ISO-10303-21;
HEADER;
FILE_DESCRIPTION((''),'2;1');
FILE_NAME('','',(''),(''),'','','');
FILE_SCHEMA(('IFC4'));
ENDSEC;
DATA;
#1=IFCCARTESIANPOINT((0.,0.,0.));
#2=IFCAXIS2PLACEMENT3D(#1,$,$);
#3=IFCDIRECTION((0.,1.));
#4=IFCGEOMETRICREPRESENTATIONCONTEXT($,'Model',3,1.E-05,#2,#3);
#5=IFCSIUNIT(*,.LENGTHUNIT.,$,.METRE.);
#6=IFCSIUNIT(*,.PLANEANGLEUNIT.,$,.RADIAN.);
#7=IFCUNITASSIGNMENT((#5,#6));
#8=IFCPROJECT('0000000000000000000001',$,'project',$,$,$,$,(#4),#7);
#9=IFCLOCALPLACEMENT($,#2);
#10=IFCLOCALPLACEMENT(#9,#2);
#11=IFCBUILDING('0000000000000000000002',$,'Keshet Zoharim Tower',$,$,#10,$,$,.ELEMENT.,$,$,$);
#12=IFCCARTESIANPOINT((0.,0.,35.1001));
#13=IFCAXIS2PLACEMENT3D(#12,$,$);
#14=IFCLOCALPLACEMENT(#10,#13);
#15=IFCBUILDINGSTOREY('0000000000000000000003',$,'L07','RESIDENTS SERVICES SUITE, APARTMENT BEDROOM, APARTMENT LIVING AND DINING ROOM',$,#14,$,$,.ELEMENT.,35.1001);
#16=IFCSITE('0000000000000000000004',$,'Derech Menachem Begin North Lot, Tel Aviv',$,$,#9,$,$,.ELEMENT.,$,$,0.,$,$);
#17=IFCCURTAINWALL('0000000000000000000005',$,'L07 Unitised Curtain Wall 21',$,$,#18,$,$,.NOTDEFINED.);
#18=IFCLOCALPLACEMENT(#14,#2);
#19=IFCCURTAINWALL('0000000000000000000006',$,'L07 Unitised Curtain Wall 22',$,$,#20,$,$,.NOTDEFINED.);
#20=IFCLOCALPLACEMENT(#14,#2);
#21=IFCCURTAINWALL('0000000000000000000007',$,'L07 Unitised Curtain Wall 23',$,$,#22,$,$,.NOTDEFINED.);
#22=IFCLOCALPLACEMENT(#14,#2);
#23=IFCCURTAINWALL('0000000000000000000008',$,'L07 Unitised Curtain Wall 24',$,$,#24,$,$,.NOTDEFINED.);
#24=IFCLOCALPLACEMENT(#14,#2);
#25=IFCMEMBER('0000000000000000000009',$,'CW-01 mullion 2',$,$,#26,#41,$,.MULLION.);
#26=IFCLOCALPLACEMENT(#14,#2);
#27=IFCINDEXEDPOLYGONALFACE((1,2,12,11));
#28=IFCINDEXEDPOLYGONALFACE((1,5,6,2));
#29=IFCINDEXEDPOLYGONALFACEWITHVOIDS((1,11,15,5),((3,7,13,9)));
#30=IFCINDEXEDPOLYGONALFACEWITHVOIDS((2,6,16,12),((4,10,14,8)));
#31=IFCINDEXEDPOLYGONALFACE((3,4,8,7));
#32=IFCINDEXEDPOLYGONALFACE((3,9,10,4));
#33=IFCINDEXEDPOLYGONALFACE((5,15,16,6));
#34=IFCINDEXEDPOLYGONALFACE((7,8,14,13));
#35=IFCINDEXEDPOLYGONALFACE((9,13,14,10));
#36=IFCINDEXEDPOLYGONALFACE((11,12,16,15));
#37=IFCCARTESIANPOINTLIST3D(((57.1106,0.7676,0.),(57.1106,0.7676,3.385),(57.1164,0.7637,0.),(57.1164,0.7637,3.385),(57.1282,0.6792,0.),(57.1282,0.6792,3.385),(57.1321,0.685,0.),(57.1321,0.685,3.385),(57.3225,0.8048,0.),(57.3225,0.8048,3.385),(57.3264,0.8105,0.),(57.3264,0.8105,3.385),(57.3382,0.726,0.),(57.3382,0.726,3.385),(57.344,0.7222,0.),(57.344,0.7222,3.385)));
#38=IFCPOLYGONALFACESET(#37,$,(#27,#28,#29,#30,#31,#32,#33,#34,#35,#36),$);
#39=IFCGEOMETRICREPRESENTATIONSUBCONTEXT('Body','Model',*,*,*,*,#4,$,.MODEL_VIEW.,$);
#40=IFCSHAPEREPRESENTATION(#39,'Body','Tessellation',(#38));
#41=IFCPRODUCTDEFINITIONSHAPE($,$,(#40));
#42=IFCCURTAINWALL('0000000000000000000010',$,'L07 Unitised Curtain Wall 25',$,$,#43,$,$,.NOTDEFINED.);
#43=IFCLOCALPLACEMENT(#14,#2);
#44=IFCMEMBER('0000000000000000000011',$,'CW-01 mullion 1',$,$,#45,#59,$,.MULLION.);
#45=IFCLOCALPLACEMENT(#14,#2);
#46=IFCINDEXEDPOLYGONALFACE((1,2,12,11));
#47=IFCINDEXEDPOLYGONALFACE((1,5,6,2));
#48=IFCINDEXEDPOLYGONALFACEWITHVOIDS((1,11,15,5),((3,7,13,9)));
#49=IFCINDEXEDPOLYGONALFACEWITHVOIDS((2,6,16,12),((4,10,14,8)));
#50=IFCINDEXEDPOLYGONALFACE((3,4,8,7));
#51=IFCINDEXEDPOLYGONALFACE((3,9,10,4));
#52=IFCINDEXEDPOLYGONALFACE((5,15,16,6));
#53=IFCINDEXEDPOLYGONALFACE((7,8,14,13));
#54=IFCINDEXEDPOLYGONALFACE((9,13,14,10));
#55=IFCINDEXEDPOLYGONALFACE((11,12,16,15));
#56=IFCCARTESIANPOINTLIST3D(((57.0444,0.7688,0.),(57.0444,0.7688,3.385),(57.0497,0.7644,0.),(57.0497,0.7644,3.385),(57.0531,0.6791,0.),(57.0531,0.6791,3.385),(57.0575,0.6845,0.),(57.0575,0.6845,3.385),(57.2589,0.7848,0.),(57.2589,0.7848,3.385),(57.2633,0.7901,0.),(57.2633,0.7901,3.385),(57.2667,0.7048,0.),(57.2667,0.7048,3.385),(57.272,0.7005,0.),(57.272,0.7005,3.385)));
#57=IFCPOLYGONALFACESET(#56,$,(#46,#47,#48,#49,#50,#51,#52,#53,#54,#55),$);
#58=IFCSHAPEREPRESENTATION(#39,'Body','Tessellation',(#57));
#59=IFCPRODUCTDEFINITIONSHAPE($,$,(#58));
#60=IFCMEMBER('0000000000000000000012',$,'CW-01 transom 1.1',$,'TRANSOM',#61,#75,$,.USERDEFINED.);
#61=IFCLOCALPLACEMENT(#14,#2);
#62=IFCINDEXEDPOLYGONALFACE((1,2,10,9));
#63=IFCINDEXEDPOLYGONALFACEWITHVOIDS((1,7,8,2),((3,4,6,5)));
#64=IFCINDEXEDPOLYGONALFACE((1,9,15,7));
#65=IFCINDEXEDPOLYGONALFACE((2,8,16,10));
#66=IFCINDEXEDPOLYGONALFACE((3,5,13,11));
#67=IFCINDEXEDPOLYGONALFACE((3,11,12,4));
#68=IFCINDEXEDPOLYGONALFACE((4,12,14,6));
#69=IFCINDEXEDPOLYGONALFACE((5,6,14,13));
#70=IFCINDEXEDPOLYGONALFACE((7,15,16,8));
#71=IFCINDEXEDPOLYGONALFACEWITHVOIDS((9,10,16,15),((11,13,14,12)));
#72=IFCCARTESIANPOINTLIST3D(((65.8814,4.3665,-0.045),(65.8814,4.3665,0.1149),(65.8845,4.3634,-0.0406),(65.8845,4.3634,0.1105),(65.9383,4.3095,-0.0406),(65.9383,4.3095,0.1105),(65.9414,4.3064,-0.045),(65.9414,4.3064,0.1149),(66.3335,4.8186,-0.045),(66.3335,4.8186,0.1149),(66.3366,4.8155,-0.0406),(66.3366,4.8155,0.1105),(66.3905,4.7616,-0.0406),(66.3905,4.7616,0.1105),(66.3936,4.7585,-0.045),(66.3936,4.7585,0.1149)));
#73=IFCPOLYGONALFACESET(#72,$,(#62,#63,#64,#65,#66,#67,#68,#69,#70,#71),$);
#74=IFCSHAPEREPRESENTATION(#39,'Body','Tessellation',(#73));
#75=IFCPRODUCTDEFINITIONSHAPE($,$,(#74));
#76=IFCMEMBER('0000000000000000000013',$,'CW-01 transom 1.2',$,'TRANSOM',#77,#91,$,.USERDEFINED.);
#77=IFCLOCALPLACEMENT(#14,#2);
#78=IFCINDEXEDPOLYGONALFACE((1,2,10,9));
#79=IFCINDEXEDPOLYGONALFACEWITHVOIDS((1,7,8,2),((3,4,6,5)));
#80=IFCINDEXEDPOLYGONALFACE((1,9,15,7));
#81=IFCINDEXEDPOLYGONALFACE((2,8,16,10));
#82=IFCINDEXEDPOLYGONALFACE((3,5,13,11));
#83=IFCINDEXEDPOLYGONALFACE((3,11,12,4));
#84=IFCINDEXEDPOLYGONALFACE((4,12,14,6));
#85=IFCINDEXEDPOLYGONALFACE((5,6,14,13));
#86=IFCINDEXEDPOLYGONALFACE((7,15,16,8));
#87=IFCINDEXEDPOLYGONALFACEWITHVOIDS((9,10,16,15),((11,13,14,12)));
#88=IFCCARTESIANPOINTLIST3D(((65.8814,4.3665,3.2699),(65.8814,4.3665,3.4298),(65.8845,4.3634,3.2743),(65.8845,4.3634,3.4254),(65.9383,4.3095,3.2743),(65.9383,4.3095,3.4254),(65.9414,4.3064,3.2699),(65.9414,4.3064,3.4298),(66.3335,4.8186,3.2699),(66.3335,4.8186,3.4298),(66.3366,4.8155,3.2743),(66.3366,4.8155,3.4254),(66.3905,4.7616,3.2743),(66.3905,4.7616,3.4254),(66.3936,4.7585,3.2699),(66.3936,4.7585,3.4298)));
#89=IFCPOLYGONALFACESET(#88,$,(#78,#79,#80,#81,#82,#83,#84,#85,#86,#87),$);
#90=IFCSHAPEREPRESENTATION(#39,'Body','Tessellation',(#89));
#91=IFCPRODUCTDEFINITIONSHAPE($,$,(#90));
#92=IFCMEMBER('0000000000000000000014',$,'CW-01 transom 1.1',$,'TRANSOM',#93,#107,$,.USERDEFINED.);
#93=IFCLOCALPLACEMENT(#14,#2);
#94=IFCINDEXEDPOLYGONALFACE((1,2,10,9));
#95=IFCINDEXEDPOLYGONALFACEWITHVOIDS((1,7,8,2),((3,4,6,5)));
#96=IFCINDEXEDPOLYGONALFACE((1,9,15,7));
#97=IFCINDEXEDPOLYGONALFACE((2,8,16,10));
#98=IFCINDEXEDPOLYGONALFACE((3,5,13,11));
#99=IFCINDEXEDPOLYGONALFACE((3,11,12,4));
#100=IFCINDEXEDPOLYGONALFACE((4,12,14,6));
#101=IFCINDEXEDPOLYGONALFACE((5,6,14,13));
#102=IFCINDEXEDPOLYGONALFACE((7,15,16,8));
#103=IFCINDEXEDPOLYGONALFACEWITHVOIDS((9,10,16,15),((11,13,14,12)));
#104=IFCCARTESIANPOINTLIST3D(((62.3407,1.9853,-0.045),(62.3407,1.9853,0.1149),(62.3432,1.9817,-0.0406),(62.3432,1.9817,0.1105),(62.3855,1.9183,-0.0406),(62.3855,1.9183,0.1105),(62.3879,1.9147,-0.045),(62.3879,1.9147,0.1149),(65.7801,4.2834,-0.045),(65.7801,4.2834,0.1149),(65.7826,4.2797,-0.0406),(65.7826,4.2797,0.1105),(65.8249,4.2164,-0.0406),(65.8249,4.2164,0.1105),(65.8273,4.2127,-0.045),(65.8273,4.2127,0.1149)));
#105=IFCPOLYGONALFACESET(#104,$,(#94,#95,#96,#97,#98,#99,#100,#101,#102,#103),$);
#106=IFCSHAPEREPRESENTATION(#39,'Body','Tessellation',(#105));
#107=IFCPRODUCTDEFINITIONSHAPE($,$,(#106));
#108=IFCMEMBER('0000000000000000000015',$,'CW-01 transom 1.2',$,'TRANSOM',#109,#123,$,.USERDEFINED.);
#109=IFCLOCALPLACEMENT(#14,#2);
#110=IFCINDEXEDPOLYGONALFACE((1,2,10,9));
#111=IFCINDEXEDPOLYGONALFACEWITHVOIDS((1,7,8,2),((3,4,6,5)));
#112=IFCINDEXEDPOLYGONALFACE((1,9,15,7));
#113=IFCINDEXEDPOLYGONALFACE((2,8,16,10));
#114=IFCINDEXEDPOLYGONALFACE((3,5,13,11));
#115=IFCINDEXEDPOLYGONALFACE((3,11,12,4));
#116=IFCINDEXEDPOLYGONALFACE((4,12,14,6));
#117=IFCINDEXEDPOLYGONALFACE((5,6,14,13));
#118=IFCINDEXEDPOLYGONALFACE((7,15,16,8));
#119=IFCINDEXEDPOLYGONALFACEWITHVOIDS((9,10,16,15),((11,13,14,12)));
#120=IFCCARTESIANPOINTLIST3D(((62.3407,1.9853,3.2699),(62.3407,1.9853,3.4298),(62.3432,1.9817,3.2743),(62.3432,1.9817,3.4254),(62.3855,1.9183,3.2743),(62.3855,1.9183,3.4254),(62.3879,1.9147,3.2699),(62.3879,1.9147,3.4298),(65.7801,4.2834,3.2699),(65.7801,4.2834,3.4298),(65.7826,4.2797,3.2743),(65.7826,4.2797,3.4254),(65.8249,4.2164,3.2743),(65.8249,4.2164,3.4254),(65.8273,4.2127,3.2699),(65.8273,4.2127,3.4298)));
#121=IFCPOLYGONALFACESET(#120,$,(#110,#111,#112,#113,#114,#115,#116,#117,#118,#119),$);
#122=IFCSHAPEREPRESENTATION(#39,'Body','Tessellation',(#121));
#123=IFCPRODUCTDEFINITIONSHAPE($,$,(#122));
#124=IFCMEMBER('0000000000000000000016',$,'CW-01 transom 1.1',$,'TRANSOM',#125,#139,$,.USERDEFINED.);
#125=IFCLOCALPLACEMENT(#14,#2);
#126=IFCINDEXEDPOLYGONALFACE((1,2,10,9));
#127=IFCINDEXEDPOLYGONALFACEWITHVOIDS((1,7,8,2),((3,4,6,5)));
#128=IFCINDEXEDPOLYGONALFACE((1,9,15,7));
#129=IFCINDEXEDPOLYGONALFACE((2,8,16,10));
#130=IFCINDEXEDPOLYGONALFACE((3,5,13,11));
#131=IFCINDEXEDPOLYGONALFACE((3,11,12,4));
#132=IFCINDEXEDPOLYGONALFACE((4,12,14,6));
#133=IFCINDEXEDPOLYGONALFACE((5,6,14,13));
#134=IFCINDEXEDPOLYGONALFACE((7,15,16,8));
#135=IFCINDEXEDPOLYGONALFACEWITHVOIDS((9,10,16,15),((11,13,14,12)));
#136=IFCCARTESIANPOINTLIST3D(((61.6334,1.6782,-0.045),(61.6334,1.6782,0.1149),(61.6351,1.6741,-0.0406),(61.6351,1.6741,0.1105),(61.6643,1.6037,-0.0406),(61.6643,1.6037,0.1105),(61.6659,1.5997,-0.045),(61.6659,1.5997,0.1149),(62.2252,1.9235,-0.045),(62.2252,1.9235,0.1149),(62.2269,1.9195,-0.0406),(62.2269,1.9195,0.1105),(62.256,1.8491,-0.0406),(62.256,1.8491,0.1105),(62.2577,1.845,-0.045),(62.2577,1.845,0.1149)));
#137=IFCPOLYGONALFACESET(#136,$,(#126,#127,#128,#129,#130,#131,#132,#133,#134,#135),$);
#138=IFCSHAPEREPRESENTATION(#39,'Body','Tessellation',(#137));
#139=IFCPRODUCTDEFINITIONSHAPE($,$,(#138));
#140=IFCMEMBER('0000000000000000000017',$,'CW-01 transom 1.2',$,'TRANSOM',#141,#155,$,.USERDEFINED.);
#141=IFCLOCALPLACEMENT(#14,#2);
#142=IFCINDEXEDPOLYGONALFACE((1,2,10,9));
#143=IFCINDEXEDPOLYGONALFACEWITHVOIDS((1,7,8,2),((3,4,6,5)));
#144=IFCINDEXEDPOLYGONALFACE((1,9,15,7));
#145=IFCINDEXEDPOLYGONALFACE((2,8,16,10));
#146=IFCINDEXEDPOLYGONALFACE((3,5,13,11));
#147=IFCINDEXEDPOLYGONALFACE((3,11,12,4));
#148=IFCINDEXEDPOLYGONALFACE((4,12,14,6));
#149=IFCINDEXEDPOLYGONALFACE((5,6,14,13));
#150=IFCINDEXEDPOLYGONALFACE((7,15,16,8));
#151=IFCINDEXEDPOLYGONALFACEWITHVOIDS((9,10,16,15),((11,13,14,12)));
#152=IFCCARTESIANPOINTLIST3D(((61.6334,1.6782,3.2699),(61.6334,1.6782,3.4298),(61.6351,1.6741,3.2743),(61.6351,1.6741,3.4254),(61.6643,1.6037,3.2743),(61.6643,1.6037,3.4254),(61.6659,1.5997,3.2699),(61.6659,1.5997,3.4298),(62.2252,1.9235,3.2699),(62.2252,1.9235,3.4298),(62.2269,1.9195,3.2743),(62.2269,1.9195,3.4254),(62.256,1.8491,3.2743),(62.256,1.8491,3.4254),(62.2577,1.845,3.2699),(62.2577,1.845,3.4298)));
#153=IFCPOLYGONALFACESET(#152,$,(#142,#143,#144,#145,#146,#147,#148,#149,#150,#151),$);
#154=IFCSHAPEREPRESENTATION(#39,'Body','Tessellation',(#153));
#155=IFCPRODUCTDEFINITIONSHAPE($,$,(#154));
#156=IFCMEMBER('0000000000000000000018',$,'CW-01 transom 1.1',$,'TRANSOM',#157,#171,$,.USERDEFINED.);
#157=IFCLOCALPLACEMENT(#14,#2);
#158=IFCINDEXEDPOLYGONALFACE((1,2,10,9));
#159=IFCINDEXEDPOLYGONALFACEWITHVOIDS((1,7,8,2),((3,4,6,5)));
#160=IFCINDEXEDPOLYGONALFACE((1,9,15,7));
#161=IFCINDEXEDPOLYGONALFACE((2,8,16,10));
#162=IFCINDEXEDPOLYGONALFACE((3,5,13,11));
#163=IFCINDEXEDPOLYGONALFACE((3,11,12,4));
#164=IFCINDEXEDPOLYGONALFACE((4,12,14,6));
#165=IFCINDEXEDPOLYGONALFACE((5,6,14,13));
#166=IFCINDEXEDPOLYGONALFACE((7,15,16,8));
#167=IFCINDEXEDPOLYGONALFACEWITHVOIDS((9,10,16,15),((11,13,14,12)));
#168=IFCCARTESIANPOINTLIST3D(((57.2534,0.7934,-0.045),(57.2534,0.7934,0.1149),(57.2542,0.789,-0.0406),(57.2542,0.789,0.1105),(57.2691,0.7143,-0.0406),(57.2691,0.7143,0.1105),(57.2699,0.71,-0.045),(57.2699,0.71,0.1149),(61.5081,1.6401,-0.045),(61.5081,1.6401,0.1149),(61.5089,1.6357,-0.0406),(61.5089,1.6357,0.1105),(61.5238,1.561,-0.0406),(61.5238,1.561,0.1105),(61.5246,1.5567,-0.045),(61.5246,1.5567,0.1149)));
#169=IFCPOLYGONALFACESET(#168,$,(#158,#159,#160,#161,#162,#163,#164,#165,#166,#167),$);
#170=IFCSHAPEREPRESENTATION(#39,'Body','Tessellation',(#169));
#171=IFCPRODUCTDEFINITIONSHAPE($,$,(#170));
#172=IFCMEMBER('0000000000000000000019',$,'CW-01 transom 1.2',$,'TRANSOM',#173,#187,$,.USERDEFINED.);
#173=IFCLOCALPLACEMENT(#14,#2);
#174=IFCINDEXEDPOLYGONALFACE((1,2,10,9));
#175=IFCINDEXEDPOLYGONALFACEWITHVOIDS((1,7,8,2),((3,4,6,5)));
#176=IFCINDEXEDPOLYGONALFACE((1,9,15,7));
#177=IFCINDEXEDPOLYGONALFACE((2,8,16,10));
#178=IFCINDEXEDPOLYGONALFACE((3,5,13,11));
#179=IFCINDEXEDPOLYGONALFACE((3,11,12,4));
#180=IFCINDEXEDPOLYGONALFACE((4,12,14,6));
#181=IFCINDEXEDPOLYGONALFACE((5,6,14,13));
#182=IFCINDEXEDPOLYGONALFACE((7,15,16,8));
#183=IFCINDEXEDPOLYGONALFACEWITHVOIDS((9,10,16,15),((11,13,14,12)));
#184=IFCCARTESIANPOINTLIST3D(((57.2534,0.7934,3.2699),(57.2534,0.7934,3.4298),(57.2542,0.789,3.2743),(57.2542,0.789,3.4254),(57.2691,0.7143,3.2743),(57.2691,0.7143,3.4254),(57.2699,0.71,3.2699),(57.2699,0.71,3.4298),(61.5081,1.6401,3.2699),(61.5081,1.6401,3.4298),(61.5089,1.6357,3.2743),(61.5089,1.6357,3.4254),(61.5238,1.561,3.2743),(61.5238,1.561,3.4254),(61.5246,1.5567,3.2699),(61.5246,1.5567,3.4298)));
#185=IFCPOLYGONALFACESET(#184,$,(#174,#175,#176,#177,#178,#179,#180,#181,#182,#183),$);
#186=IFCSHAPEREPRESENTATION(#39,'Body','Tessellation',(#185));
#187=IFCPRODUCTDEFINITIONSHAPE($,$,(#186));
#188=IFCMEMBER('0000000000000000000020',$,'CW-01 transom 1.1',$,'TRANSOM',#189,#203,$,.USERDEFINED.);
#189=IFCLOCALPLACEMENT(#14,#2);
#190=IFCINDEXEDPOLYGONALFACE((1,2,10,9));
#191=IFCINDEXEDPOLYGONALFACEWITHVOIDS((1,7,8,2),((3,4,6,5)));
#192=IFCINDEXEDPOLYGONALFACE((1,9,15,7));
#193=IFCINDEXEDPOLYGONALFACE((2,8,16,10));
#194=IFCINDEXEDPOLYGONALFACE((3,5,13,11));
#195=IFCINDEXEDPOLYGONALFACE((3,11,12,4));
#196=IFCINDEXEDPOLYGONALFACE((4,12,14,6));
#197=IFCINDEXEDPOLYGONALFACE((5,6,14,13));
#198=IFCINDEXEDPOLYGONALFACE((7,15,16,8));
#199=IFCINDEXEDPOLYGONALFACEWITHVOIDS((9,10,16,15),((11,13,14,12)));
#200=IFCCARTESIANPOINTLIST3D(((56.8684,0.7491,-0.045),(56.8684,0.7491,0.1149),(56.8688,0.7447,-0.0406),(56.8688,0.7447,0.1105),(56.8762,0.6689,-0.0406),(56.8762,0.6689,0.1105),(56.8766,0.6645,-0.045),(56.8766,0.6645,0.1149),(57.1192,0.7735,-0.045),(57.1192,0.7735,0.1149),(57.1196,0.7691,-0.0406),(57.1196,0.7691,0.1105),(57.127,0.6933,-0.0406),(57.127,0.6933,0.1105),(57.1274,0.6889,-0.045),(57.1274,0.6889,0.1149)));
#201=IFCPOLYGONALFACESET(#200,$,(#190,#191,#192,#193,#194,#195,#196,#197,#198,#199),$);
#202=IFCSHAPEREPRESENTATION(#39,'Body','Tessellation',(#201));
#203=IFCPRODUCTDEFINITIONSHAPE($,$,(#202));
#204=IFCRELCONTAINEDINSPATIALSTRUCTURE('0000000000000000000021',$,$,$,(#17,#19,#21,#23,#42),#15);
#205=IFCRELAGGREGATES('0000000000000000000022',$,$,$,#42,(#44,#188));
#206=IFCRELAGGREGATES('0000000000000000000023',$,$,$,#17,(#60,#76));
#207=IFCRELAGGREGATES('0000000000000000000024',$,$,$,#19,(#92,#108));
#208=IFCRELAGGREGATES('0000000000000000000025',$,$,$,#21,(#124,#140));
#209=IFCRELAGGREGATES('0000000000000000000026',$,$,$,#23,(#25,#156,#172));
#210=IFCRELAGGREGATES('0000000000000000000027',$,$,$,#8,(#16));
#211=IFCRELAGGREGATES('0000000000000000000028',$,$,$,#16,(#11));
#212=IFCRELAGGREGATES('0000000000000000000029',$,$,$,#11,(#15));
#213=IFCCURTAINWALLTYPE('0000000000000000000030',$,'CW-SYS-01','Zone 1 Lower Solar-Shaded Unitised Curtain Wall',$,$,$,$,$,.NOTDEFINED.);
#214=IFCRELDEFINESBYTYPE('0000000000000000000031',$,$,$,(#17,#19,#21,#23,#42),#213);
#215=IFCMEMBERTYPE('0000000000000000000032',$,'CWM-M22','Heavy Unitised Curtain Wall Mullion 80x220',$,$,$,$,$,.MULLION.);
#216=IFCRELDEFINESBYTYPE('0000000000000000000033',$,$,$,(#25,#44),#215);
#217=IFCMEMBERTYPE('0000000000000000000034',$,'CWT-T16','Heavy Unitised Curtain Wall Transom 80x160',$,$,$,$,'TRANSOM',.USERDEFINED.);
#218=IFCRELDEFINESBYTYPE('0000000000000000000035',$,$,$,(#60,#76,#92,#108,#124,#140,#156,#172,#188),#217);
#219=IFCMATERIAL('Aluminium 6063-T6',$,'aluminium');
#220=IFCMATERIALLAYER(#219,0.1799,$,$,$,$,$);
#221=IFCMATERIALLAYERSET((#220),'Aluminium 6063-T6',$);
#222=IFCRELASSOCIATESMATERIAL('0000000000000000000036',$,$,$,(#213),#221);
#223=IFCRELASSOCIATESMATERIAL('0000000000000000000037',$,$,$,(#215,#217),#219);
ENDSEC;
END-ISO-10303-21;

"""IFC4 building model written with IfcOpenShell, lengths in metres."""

from ifc_helpers import new_model, si_unit, direction, frame, origin, origin_2d, place, context, subcontext, project, spatial, hollow_rectangle, extrude, material, layer, layer_set, material_profile, profile_set, type_object, element, aggregate, save


model = new_model("IFC4")

# Units and contexts
model_context = context("Model", 3, precision=1e-05, world=origin(), true_north=direction((0.0, 1.0)))
body_context = subcontext(model_context, "Body", "Model", "MODEL_VIEW")
ifc_project = project(units=[si_unit("LENGTHUNIT", "METRE"), si_unit("PLANEANGLEUNIT", "RADIAN")], contexts=[model_context])

# Site, building, storey
site_placement = place(None, origin())
site = spatial("IfcSite", under=ifc_project, at=site_placement, Name="Derech Menachem Begin North Lot, Tel Aviv", CompositionType="ELEMENT", RefElevation=0.0)
building_placement = place(site_placement, origin())
building = spatial("IfcBuilding", under=site, at=building_placement, Name="Keshet Zoharim Tower", CompositionType="ELEMENT")
storey_placement = place(building_placement, frame((0.0, 0.0, 35.1001)))
storey = spatial("IfcBuildingStorey", under=building, at=storey_placement, Name="L07", Description="RESIDENTS SERVICES SUITE, APARTMENT BEDROOM, APARTMENT LIVING AND DINING ROOM", CompositionType="ELEMENT", Elevation=35.1001)

# Shared definitions
ifc_material_1 = material(Name="Aluminium 6063-T6", Category="aluminium")
ifc_layer_1 = layer(ifc_material_1, 0.1799)
ifc_layer_set_1 = layer_set([ifc_layer_1], Name="Aluminium 6063-T6")
curtain_wall_type = type_object("IfcCurtainWallType", Name="CW-SYS-01", Description="Zone 1 Lower Solar-Shaded Unitised Curtain Wall", PredefinedType="NOTDEFINED", material=ifc_layer_set_1)
ifc_material_profile_1 = material_profile(ifc_material_1, hollow_rectangle(XDim=0.0901, YDim=0.22, WallThickness=0.0049, at=origin_2d()), Name="MUL-90x220")
ifc_profile_set_1 = profile_set([ifc_material_profile_1], Name="Aluminium 6063-T6")
member_type_1 = type_object("IfcMemberType", Name="CWM-M22", Description="Heavy Unitised Curtain Wall Mullion 80x220", PredefinedType="MULLION", material=ifc_profile_set_1)

# Curtain walls, member
curtain_wall_1_placement = place(storey_placement, origin())
curtain_wall_1 = element("IfcCurtainWall", 1, at=curtain_wall_1_placement, inside=storey, type_object=curtain_wall_type, Name="L07 Unitised Curtain Wall 21", PredefinedType="NOTDEFINED")
curtain_wall_2_placement = place(storey_placement, origin())
curtain_wall_2 = element("IfcCurtainWall", 2, at=curtain_wall_2_placement, inside=storey, type_object=curtain_wall_type, Name="L07 Unitised Curtain Wall 22", PredefinedType="NOTDEFINED")
curtain_wall_3_placement = place(storey_placement, origin())
curtain_wall_3 = element("IfcCurtainWall", 3, at=curtain_wall_3_placement, inside=storey, type_object=curtain_wall_type, Name="L07 Unitised Curtain Wall 23", PredefinedType="NOTDEFINED")
curtain_wall_4_placement = place(storey_placement, origin())
curtain_wall_4 = element("IfcCurtainWall", 4, at=curtain_wall_4_placement, inside=storey, type_object=curtain_wall_type, Name="L07 Unitised Curtain Wall 24", PredefinedType="NOTDEFINED")
member_1_placement = place(storey_placement, frame((57.2273, 0.7449, 0.0), z_axis=(0.0, 0.0, 1.0), x_axis=(0.195171, -0.980769, 0.0)))
member_1 = element("IfcMember", 5, at=member_1_placement, type_object=member_type_1, Name="CW-01 mullion 2", PredefinedType="MULLION", context=body_context, shape_type="SweptSolid", body=[
    extrude(hollow_rectangle(XDim=0.0901, YDim=0.22, WallThickness=0.0049, at=origin_2d()), origin(), (0.0, 0.0, 1.0), 3.385),
])

# Curtain wall, member
curtain_wall_5_placement = place(storey_placement, origin())
curtain_wall_5 = element("IfcCurtainWall", 6, at=curtain_wall_5_placement, inside=storey, type_object=curtain_wall_type, Name="L07 Unitised Curtain Wall 25", PredefinedType="NOTDEFINED")
member_2_placement = place(storey_placement, frame((57.1582, 0.7346, 0.0), z_axis=(0.0, 0.0, 1.0), x_axis=(0.096977, -0.995287, 0.0)))
member_2 = element("IfcMember", 7, at=member_2_placement, type_object=member_type_1, Name="CW-01 mullion 1", PredefinedType="MULLION", context=body_context, shape_type="SweptSolid", body=[
    extrude(hollow_rectangle(XDim=0.0901, YDim=0.22, WallThickness=0.0049, at=origin_2d()), origin(), (0.0, 0.0, 1.0), 3.385),
])

# Members
ifc_material_profile_2 = material_profile(ifc_material_1, hollow_rectangle(XDim=0.085, YDim=0.1599, WallThickness=0.0044, at=origin_2d()), Name="TRN-85x160")
ifc_profile_set_2 = profile_set([ifc_material_profile_2], Name="Aluminium 6063-T6")
member_type_2 = type_object("IfcMemberType", Name="CWT-T16", Description="Heavy Unitised Curtain Wall Transom 80x160", ElementType="TRANSOM", PredefinedType="USERDEFINED", material=ifc_profile_set_2)
member_3_placement = place(storey_placement, frame((66.3635, 4.7886, 0.0349), z_axis=(-0.707107, -0.707107, 0.0), x_axis=(0.707107, -0.707107, 0.0)))
member_3 = element("IfcMember", 8, at=member_3_placement, type_object=member_type_2, Name="CW-01 transom 1.1", ObjectType="TRANSOM", PredefinedType="USERDEFINED", context=body_context, shape_type="SweptSolid", body=[
    extrude(hollow_rectangle(XDim=0.085, YDim=0.1599, WallThickness=0.0044, at=origin_2d()), origin(), (0.0, 0.0, 1.0), 0.6394),
])
member_4_placement = place(storey_placement, frame((66.3635, 4.7886, 3.3499), z_axis=(-0.707107, -0.707107, 0.0), x_axis=(0.707107, -0.707107, 0.0)))
member_4 = element("IfcMember", 9, at=member_4_placement, type_object=member_type_2, Name="CW-01 transom 1.2", ObjectType="TRANSOM", PredefinedType="USERDEFINED", context=body_context, shape_type="SweptSolid", body=[
    extrude(hollow_rectangle(XDim=0.085, YDim=0.1599, WallThickness=0.0044, at=origin_2d()), origin(), (0.0, 0.0, 1.0), 0.6394),
])
member_5_placement = place(storey_placement, frame((65.8037, 4.248, 0.0349), z_axis=(-0.831478, -0.555558, 0.0), x_axis=(0.555558, -0.831478, 0.0)))
member_5 = element("IfcMember", 10, at=member_5_placement, type_object=member_type_2, Name="CW-01 transom 1.1", ObjectType="TRANSOM", PredefinedType="USERDEFINED", context=body_context, shape_type="SweptSolid", body=[
    extrude(hollow_rectangle(XDim=0.085, YDim=0.1599, WallThickness=0.0044, at=origin_2d()), origin(), (0.0, 0.0, 1.0), 4.1365),
])
member_6_placement = place(storey_placement, frame((65.8037, 4.248, 3.3499), z_axis=(-0.831478, -0.555558, 0.0), x_axis=(0.555558, -0.831478, 0.0)))
member_6 = element("IfcMember", 11, at=member_6_placement, type_object=member_type_2, Name="CW-01 transom 1.2", ObjectType="TRANSOM", PredefinedType="USERDEFINED", context=body_context, shape_type="SweptSolid", body=[
    extrude(hollow_rectangle(XDim=0.085, YDim=0.1599, WallThickness=0.0044, at=origin_2d()), origin(), (0.0, 0.0, 1.0), 4.1365),
])
member_7_placement = place(storey_placement, frame((62.2415, 1.8843, 0.0349), z_axis=(-0.923752, -0.382991, 0.0), x_axis=(0.382991, -0.923752, 0.0)))
member_7 = element("IfcMember", 12, at=member_7_placement, type_object=member_type_2, Name="CW-01 transom 1.1", ObjectType="TRANSOM", PredefinedType="USERDEFINED", context=body_context, shape_type="SweptSolid", body=[
    extrude(hollow_rectangle(XDim=0.085, YDim=0.1599, WallThickness=0.0044, at=origin_2d()), origin(), (0.0, 0.0, 1.0), 0.6406),
])
member_8_placement = place(storey_placement, frame((62.2415, 1.8843, 3.3499), z_axis=(-0.923752, -0.382991, 0.0), x_axis=(0.382991, -0.923752, 0.0)))
member_8 = element("IfcMember", 13, at=member_8_placement, type_object=member_type_2, Name="CW-01 transom 1.2", ObjectType="TRANSOM", PredefinedType="USERDEFINED", context=body_context, shape_type="SweptSolid", body=[
    extrude(hollow_rectangle(XDim=0.085, YDim=0.1599, WallThickness=0.0044, at=origin_2d()), origin(), (0.0, 0.0, 1.0), 0.6406),
])
member_9_placement = place(storey_placement, frame((61.5164, 1.5984, 0.0349), z_axis=(-0.980769, -0.195174, 0.0), x_axis=(0.195174, -0.980769, 0.0)))
member_9 = element("IfcMember", 14, at=member_9_placement, type_object=member_type_2, Name="CW-01 transom 1.1", ObjectType="TRANSOM", PredefinedType="USERDEFINED", context=body_context, shape_type="SweptSolid", body=[
    extrude(hollow_rectangle(XDim=0.085, YDim=0.1599, WallThickness=0.0044, at=origin_2d()), origin(), (0.0, 0.0, 1.0), 4.3381),
])
member_10_placement = place(storey_placement, frame((61.5164, 1.5984, 3.3499), z_axis=(-0.980769, -0.195174, 0.0), x_axis=(0.195174, -0.980769, 0.0)))
member_10 = element("IfcMember", 15, at=member_10_placement, type_object=member_type_2, Name="CW-01 transom 1.2", ObjectType="TRANSOM", PredefinedType="USERDEFINED", context=body_context, shape_type="SweptSolid", body=[
    extrude(hollow_rectangle(XDim=0.085, YDim=0.1599, WallThickness=0.0044, at=origin_2d()), origin(), (0.0, 0.0, 1.0), 4.3381),
])
member_11_placement = place(storey_placement, frame((57.1233, 0.7312, 0.0349), z_axis=(-0.995293, -0.096913, 0.0), x_axis=(0.096913, -0.995293, 0.0)))
member_11 = element("IfcMember", 16, at=member_11_placement, type_object=member_type_2, Name="CW-01 transom 1.1", ObjectType="TRANSOM", PredefinedType="USERDEFINED", context=body_context, shape_type="SweptSolid", body=[
    extrude(hollow_rectangle(XDim=0.085, YDim=0.1599, WallThickness=0.0044, at=origin_2d()), origin(), (0.0, 0.0, 1.0), 0.252),
])
aggregate(curtain_wall_5, [member_2, member_11])

aggregate(curtain_wall_1, [member_3, member_4])
aggregate(curtain_wall_2, [member_5, member_6])
aggregate(curtain_wall_3, [member_7, member_8])
aggregate(curtain_wall_4, [member_1, member_9, member_10])

save(model, "model.ifc")
